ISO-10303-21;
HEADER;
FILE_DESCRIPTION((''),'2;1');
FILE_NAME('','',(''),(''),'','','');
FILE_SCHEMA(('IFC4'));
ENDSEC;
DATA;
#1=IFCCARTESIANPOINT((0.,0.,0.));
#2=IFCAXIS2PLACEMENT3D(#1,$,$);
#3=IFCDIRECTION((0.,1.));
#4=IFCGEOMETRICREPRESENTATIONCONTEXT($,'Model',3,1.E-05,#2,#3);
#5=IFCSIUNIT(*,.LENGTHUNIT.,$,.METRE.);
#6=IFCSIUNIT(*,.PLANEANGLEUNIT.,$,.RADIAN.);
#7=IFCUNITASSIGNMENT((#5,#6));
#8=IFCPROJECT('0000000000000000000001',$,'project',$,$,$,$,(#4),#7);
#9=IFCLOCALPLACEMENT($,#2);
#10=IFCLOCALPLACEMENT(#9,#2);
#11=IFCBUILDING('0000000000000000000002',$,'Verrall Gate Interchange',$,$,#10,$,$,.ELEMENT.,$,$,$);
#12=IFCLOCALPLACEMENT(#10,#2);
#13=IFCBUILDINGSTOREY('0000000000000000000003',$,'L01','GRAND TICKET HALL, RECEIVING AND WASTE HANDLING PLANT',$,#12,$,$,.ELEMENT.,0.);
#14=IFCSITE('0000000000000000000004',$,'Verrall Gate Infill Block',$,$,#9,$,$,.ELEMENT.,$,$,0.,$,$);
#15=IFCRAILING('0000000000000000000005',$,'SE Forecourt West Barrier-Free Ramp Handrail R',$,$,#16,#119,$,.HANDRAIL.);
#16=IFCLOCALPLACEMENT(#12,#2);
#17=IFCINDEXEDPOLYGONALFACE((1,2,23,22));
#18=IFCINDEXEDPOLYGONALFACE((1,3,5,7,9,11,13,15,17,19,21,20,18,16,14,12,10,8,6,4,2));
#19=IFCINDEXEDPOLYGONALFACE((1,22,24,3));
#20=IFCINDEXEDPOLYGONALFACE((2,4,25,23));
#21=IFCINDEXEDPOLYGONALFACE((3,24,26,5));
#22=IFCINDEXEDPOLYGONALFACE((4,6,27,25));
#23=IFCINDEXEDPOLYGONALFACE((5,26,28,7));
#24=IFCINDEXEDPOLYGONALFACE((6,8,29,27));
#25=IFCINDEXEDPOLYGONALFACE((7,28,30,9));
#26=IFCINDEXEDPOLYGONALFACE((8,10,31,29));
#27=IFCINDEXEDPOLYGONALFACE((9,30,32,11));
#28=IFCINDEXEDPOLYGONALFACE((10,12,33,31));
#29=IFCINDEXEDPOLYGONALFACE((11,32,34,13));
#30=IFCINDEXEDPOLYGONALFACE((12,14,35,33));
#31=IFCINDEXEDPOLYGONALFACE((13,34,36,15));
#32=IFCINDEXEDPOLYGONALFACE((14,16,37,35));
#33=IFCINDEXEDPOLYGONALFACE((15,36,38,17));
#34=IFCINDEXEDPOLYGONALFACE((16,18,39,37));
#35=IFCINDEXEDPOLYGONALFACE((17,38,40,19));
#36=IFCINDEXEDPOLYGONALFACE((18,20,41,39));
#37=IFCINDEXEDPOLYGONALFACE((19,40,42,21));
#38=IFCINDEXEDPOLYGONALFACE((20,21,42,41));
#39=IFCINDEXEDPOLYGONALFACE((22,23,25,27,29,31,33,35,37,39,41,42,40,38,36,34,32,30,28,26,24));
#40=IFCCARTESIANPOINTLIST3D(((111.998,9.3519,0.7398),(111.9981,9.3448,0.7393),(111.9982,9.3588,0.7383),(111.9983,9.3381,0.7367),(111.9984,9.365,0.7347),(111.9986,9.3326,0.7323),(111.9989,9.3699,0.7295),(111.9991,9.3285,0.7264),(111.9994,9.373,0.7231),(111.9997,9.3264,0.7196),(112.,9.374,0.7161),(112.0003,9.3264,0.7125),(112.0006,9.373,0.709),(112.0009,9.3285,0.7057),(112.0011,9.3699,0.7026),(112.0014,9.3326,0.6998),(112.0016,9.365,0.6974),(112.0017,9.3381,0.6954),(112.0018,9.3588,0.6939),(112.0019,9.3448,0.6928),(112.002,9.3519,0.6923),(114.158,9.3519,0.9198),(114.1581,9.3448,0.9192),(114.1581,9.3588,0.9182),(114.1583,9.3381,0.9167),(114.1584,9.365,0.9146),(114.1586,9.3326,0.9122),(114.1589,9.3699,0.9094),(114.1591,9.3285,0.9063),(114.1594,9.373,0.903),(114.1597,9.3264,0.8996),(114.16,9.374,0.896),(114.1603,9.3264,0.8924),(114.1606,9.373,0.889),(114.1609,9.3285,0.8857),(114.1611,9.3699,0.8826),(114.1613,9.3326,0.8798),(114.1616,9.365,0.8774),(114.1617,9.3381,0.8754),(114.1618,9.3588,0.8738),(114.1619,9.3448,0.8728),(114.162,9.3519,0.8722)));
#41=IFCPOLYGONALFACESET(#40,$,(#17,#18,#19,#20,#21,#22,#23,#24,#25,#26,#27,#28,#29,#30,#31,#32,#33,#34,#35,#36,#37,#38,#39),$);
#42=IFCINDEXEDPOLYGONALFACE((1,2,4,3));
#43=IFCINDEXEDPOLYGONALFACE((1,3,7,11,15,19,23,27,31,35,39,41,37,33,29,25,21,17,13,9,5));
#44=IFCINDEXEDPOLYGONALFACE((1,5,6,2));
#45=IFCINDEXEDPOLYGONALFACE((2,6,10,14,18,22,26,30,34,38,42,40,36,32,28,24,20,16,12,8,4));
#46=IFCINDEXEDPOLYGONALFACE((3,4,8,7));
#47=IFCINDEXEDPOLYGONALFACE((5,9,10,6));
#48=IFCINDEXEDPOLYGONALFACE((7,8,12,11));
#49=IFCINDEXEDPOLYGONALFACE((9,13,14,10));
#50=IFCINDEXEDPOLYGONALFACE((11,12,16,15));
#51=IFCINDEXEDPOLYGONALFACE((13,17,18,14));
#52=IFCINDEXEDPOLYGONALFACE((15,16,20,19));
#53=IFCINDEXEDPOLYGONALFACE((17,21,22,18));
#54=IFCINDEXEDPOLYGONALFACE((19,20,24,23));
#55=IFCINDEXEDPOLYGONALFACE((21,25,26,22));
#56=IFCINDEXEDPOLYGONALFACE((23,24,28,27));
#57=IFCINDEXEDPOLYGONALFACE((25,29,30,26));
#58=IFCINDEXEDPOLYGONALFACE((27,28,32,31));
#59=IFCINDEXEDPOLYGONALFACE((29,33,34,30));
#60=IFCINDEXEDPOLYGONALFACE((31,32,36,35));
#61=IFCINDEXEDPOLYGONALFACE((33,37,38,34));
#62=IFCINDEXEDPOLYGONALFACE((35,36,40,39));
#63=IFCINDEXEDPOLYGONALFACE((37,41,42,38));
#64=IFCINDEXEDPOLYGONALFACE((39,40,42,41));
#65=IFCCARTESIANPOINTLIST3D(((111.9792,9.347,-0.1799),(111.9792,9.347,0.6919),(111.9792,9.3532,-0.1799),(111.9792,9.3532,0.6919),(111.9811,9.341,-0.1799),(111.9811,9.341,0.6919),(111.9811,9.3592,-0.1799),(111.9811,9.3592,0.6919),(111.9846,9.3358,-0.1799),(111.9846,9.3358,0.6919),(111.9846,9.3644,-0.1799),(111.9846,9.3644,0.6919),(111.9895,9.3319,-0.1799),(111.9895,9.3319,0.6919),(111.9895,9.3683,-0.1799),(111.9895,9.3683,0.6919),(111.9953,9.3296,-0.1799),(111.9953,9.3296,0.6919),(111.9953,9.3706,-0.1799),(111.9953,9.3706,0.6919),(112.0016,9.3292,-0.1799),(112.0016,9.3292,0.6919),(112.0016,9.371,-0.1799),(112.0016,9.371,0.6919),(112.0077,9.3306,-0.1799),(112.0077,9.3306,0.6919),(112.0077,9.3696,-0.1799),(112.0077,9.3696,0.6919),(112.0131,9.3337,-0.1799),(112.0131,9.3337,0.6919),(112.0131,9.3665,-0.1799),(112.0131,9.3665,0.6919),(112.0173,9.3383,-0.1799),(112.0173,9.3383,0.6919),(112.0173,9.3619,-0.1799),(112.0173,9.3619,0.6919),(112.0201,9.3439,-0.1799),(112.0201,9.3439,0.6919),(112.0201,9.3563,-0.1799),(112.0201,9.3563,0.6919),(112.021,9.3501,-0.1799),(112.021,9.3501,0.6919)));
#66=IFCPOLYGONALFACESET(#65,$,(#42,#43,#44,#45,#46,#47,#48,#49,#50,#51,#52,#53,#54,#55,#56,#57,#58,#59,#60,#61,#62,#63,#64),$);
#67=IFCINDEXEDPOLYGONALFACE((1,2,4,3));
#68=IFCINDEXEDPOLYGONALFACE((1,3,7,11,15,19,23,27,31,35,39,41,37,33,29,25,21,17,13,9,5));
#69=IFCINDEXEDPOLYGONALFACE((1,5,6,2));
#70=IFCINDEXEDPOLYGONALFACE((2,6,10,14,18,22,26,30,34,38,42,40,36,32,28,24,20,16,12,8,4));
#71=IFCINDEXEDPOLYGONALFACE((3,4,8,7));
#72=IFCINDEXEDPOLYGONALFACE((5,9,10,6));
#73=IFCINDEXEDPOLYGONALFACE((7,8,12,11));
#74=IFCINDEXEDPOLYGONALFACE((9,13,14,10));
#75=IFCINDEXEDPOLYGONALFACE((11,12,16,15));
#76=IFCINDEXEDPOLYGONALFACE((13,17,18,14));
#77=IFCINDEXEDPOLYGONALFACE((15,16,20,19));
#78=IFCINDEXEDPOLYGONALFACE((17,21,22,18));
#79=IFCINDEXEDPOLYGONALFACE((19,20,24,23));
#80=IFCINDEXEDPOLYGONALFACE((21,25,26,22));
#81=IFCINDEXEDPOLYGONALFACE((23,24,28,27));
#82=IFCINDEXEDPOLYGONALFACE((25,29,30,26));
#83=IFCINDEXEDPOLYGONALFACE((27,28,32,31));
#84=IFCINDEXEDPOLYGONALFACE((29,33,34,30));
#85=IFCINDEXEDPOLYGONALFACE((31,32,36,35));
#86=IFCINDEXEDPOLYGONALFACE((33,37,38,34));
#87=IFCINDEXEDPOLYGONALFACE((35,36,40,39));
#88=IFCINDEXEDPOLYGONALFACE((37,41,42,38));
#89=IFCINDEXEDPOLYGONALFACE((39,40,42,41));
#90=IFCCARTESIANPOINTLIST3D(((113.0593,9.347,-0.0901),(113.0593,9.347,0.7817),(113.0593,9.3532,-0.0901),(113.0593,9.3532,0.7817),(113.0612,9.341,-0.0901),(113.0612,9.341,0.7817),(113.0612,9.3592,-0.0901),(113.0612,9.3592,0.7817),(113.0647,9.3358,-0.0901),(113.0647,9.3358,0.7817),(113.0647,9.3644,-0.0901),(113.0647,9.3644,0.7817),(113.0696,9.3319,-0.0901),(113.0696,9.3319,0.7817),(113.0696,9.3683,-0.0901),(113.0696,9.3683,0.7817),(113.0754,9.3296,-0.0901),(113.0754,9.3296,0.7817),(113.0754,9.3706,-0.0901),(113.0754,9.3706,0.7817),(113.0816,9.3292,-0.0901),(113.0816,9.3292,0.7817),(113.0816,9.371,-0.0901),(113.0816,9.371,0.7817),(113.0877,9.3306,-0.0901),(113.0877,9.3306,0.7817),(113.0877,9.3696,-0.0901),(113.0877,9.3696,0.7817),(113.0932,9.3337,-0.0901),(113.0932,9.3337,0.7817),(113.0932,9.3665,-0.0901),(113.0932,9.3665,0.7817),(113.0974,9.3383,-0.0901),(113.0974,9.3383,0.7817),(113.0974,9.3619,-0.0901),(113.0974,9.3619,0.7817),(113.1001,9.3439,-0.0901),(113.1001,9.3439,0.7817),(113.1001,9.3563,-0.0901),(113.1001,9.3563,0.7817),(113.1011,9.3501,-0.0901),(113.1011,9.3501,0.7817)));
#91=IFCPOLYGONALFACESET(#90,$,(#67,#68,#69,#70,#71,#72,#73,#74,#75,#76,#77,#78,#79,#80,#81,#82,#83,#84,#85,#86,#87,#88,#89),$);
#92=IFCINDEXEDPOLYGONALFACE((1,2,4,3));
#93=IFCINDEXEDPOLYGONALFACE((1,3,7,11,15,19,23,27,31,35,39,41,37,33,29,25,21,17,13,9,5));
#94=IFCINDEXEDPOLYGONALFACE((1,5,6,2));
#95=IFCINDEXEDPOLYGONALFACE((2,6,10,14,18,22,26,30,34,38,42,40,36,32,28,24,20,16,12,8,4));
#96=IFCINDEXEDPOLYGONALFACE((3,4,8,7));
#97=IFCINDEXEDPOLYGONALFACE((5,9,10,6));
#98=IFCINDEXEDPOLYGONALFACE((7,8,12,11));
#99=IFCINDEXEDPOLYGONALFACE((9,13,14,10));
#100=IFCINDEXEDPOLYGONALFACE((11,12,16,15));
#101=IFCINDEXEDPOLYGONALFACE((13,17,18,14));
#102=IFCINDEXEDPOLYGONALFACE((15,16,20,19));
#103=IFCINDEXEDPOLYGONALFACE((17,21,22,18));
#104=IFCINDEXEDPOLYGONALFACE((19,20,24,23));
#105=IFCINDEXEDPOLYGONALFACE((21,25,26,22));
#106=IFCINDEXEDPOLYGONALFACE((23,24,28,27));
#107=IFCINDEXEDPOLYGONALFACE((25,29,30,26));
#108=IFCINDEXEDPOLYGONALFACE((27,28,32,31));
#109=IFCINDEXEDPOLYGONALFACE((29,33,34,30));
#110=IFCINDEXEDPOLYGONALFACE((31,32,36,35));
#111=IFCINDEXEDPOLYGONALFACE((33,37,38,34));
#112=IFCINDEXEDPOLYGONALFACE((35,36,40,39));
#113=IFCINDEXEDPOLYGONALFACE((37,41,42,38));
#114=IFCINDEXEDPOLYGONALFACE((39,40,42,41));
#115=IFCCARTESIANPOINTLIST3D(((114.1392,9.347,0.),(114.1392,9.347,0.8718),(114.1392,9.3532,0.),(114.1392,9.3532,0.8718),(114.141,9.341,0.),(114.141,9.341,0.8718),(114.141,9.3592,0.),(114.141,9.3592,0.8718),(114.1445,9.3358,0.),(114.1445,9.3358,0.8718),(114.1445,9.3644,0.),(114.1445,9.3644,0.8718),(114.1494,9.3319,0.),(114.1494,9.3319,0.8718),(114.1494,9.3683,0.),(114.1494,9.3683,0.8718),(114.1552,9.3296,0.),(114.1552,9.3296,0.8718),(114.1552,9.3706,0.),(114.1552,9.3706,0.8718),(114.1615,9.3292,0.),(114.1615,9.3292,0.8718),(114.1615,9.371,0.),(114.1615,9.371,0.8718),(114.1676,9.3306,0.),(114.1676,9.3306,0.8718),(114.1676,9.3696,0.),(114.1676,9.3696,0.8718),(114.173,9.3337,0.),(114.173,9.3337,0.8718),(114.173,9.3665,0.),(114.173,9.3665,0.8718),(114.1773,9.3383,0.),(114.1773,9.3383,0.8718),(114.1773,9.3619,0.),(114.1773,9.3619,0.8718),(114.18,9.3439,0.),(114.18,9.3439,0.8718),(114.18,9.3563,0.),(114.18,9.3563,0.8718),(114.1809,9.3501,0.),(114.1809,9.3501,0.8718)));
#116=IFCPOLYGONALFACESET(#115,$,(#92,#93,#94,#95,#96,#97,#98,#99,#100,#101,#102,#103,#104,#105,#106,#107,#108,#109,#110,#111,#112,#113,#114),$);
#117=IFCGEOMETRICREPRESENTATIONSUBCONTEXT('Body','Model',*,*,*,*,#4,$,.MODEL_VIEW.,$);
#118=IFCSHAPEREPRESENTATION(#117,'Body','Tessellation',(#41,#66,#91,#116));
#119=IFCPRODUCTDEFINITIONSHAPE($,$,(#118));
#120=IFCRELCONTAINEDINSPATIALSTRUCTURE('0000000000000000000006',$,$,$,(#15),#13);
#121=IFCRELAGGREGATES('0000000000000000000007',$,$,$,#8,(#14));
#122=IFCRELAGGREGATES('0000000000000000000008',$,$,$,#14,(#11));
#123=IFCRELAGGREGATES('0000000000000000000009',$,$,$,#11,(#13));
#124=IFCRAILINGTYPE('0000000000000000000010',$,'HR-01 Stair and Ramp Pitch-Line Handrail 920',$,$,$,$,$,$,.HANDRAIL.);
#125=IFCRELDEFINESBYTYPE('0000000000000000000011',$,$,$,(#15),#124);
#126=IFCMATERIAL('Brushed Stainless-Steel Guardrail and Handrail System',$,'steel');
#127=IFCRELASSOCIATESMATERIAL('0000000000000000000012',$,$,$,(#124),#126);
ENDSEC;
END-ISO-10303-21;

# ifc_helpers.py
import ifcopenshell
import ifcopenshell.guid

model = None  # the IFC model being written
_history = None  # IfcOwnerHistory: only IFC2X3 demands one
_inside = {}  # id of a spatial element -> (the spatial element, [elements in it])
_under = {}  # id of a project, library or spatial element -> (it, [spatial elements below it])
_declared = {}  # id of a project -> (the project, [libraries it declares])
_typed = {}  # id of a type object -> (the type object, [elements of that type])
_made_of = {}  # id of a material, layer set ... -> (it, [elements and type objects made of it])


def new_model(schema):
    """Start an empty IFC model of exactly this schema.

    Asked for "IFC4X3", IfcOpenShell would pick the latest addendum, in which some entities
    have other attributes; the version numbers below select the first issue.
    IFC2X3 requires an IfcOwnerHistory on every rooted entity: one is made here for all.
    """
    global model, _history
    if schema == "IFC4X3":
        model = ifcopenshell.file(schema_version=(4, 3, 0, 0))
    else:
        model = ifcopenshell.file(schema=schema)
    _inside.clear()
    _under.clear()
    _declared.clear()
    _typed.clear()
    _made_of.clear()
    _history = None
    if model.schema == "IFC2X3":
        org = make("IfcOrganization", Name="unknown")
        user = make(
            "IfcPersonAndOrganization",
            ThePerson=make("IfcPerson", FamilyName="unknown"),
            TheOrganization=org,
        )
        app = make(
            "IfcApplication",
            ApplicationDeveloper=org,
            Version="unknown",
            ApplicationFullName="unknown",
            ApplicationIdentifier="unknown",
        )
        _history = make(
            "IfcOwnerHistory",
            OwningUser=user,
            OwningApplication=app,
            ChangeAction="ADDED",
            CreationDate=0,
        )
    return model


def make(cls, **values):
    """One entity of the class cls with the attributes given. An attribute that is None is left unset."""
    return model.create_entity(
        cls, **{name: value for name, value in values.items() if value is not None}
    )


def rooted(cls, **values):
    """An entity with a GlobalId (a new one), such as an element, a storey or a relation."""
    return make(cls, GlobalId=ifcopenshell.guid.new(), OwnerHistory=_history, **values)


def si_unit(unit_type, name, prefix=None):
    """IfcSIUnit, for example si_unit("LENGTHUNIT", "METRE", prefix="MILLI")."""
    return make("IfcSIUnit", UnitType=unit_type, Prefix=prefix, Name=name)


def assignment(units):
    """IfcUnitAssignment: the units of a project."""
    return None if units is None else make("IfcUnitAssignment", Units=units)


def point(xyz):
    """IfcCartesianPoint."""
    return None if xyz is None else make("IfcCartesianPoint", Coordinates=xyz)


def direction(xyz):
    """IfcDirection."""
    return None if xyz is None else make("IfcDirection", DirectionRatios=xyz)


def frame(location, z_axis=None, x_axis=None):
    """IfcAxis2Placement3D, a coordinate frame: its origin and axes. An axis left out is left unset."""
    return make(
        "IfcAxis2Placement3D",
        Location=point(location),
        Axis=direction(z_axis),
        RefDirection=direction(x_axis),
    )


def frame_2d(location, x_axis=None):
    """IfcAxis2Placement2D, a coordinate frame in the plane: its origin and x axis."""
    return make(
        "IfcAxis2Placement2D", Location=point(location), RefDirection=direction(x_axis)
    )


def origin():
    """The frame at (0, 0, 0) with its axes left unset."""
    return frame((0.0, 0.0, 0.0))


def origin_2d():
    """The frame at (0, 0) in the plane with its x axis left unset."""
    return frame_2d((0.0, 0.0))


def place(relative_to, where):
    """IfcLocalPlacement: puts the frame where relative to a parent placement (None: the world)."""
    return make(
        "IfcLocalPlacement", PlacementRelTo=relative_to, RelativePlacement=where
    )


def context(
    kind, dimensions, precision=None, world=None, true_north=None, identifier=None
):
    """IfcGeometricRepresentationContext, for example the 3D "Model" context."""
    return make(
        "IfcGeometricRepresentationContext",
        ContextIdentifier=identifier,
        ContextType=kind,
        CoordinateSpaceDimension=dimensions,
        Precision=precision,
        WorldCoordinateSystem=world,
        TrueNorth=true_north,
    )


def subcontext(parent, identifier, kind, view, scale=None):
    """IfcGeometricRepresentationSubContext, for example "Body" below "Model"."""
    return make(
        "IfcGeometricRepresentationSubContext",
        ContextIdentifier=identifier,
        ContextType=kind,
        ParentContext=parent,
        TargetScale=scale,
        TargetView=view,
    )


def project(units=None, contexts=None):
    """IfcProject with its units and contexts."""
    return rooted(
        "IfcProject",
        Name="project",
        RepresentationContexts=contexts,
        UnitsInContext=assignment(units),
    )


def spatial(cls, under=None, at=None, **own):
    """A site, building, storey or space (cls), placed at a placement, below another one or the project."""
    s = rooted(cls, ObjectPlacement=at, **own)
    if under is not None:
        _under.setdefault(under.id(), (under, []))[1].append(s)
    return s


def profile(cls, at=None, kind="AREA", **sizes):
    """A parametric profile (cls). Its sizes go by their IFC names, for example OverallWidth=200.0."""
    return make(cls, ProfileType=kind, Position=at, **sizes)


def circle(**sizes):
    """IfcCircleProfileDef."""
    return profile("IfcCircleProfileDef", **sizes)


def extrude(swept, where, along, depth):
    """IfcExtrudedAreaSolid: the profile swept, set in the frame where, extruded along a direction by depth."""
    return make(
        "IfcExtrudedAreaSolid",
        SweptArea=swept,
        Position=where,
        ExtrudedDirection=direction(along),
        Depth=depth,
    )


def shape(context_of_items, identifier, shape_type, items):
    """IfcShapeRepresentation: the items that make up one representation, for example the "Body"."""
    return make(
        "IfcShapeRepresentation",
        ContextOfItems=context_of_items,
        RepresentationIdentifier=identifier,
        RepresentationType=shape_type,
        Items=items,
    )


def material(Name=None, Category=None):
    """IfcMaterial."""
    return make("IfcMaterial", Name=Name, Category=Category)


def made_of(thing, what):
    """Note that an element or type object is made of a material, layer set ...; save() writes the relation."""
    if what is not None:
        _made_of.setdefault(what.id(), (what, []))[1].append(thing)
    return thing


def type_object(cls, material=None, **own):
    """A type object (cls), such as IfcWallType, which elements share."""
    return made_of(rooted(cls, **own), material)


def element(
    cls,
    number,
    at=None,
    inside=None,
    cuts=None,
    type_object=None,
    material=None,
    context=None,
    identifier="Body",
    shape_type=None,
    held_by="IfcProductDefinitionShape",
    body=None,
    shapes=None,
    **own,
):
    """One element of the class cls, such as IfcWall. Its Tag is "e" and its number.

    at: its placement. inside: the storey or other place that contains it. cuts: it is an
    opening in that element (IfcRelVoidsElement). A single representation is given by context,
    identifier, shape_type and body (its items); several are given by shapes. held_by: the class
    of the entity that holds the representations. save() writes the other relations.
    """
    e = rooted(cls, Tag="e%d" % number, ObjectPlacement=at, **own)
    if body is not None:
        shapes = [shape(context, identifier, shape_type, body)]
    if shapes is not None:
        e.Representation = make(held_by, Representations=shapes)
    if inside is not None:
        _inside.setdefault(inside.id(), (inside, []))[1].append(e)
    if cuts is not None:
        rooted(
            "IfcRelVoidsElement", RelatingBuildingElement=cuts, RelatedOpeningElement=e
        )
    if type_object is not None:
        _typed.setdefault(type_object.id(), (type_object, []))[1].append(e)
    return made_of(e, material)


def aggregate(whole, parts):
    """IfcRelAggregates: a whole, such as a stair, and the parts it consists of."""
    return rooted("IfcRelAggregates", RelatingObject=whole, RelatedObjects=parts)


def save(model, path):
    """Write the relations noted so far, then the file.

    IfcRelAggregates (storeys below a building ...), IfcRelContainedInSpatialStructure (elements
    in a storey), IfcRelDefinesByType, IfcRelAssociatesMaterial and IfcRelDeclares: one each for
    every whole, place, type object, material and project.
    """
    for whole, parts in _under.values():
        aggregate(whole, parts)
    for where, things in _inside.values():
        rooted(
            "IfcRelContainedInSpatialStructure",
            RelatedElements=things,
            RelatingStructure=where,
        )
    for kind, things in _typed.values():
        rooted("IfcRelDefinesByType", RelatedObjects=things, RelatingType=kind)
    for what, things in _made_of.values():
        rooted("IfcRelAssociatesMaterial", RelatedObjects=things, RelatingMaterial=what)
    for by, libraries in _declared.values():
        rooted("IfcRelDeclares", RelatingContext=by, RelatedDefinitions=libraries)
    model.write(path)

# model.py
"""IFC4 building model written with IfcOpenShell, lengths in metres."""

from ifc_helpers import new_model, si_unit, direction, frame, origin, origin_2d, place, context, subcontext, project, spatial, circle, extrude, material, type_object, element, save


model = new_model("IFC4")

# Units and contexts
model_context = context("Model", 3, precision=1e-05, world=origin(), true_north=direction((0.0, 1.0)))
body_context = subcontext(model_context, "Body", "Model", "MODEL_VIEW")
ifc_project = project(units=[si_unit("LENGTHUNIT", "METRE"), si_unit("PLANEANGLEUNIT", "RADIAN")], contexts=[model_context])

# Site, building, storey
site_placement = place(None, origin())
site = spatial("IfcSite", under=ifc_project, at=site_placement, Name="Verrall Gate Infill Block", CompositionType="ELEMENT", RefElevation=0.0)
building_placement = place(site_placement, origin())
building = spatial("IfcBuilding", under=site, at=building_placement, Name="Verrall Gate Interchange", CompositionType="ELEMENT")
storey_placement = place(building_placement, origin())
storey = spatial("IfcBuildingStorey", under=building, at=storey_placement, Name="L01", Description="GRAND TICKET HALL, RECEIVING AND WASTE HANDLING PLANT", CompositionType="ELEMENT", Elevation=0.0)

# Railing
ifc_material_1 = material(Name="Brushed Stainless-Steel Guardrail and Handrail System", Category="steel")
railing_type = type_object("IfcRailingType", Name="HR-01 Stair and Ramp Pitch-Line Handrail 920", PredefinedType="HANDRAIL", material=ifc_material_1)
for number, where, name in (
    (1, (112.0, 9.3501, -0.1799), "SE Forecourt West Barrier-Free Ramp Handrail R"),
):
    element("IfcRailing", number, at=place(storey_placement, frame(where)), inside=storey, type_object=railing_type, Name=name, PredefinedType="HANDRAIL", context=body_context, shape_type="SweptSolid", body=[
        extrude(circle(Radius=0.0239, at=origin_2d()), frame((0.0, 0.0, 0.896), z_axis=(0.996548, 0.0, 0.083018), x_axis=(0.0, 1.0, 0.0)), (0.0, 0.0, 1.0), 2.1675),
        extrude(circle(Radius=0.021, at=origin_2d()), origin(), (0.0, 0.0, 1.0), 0.8718),
        extrude(circle(Radius=0.021, at=origin_2d()), frame((1.0801, 0.0, 0.0898)), (0.0, 0.0, 1.0), 0.8718),
        extrude(circle(Radius=0.021, at=origin_2d()), frame((2.1599, 0.0, 0.1799)), (0.0, 0.0, 1.0), 0.8718),
    ])

save(model, "model.ifc")
